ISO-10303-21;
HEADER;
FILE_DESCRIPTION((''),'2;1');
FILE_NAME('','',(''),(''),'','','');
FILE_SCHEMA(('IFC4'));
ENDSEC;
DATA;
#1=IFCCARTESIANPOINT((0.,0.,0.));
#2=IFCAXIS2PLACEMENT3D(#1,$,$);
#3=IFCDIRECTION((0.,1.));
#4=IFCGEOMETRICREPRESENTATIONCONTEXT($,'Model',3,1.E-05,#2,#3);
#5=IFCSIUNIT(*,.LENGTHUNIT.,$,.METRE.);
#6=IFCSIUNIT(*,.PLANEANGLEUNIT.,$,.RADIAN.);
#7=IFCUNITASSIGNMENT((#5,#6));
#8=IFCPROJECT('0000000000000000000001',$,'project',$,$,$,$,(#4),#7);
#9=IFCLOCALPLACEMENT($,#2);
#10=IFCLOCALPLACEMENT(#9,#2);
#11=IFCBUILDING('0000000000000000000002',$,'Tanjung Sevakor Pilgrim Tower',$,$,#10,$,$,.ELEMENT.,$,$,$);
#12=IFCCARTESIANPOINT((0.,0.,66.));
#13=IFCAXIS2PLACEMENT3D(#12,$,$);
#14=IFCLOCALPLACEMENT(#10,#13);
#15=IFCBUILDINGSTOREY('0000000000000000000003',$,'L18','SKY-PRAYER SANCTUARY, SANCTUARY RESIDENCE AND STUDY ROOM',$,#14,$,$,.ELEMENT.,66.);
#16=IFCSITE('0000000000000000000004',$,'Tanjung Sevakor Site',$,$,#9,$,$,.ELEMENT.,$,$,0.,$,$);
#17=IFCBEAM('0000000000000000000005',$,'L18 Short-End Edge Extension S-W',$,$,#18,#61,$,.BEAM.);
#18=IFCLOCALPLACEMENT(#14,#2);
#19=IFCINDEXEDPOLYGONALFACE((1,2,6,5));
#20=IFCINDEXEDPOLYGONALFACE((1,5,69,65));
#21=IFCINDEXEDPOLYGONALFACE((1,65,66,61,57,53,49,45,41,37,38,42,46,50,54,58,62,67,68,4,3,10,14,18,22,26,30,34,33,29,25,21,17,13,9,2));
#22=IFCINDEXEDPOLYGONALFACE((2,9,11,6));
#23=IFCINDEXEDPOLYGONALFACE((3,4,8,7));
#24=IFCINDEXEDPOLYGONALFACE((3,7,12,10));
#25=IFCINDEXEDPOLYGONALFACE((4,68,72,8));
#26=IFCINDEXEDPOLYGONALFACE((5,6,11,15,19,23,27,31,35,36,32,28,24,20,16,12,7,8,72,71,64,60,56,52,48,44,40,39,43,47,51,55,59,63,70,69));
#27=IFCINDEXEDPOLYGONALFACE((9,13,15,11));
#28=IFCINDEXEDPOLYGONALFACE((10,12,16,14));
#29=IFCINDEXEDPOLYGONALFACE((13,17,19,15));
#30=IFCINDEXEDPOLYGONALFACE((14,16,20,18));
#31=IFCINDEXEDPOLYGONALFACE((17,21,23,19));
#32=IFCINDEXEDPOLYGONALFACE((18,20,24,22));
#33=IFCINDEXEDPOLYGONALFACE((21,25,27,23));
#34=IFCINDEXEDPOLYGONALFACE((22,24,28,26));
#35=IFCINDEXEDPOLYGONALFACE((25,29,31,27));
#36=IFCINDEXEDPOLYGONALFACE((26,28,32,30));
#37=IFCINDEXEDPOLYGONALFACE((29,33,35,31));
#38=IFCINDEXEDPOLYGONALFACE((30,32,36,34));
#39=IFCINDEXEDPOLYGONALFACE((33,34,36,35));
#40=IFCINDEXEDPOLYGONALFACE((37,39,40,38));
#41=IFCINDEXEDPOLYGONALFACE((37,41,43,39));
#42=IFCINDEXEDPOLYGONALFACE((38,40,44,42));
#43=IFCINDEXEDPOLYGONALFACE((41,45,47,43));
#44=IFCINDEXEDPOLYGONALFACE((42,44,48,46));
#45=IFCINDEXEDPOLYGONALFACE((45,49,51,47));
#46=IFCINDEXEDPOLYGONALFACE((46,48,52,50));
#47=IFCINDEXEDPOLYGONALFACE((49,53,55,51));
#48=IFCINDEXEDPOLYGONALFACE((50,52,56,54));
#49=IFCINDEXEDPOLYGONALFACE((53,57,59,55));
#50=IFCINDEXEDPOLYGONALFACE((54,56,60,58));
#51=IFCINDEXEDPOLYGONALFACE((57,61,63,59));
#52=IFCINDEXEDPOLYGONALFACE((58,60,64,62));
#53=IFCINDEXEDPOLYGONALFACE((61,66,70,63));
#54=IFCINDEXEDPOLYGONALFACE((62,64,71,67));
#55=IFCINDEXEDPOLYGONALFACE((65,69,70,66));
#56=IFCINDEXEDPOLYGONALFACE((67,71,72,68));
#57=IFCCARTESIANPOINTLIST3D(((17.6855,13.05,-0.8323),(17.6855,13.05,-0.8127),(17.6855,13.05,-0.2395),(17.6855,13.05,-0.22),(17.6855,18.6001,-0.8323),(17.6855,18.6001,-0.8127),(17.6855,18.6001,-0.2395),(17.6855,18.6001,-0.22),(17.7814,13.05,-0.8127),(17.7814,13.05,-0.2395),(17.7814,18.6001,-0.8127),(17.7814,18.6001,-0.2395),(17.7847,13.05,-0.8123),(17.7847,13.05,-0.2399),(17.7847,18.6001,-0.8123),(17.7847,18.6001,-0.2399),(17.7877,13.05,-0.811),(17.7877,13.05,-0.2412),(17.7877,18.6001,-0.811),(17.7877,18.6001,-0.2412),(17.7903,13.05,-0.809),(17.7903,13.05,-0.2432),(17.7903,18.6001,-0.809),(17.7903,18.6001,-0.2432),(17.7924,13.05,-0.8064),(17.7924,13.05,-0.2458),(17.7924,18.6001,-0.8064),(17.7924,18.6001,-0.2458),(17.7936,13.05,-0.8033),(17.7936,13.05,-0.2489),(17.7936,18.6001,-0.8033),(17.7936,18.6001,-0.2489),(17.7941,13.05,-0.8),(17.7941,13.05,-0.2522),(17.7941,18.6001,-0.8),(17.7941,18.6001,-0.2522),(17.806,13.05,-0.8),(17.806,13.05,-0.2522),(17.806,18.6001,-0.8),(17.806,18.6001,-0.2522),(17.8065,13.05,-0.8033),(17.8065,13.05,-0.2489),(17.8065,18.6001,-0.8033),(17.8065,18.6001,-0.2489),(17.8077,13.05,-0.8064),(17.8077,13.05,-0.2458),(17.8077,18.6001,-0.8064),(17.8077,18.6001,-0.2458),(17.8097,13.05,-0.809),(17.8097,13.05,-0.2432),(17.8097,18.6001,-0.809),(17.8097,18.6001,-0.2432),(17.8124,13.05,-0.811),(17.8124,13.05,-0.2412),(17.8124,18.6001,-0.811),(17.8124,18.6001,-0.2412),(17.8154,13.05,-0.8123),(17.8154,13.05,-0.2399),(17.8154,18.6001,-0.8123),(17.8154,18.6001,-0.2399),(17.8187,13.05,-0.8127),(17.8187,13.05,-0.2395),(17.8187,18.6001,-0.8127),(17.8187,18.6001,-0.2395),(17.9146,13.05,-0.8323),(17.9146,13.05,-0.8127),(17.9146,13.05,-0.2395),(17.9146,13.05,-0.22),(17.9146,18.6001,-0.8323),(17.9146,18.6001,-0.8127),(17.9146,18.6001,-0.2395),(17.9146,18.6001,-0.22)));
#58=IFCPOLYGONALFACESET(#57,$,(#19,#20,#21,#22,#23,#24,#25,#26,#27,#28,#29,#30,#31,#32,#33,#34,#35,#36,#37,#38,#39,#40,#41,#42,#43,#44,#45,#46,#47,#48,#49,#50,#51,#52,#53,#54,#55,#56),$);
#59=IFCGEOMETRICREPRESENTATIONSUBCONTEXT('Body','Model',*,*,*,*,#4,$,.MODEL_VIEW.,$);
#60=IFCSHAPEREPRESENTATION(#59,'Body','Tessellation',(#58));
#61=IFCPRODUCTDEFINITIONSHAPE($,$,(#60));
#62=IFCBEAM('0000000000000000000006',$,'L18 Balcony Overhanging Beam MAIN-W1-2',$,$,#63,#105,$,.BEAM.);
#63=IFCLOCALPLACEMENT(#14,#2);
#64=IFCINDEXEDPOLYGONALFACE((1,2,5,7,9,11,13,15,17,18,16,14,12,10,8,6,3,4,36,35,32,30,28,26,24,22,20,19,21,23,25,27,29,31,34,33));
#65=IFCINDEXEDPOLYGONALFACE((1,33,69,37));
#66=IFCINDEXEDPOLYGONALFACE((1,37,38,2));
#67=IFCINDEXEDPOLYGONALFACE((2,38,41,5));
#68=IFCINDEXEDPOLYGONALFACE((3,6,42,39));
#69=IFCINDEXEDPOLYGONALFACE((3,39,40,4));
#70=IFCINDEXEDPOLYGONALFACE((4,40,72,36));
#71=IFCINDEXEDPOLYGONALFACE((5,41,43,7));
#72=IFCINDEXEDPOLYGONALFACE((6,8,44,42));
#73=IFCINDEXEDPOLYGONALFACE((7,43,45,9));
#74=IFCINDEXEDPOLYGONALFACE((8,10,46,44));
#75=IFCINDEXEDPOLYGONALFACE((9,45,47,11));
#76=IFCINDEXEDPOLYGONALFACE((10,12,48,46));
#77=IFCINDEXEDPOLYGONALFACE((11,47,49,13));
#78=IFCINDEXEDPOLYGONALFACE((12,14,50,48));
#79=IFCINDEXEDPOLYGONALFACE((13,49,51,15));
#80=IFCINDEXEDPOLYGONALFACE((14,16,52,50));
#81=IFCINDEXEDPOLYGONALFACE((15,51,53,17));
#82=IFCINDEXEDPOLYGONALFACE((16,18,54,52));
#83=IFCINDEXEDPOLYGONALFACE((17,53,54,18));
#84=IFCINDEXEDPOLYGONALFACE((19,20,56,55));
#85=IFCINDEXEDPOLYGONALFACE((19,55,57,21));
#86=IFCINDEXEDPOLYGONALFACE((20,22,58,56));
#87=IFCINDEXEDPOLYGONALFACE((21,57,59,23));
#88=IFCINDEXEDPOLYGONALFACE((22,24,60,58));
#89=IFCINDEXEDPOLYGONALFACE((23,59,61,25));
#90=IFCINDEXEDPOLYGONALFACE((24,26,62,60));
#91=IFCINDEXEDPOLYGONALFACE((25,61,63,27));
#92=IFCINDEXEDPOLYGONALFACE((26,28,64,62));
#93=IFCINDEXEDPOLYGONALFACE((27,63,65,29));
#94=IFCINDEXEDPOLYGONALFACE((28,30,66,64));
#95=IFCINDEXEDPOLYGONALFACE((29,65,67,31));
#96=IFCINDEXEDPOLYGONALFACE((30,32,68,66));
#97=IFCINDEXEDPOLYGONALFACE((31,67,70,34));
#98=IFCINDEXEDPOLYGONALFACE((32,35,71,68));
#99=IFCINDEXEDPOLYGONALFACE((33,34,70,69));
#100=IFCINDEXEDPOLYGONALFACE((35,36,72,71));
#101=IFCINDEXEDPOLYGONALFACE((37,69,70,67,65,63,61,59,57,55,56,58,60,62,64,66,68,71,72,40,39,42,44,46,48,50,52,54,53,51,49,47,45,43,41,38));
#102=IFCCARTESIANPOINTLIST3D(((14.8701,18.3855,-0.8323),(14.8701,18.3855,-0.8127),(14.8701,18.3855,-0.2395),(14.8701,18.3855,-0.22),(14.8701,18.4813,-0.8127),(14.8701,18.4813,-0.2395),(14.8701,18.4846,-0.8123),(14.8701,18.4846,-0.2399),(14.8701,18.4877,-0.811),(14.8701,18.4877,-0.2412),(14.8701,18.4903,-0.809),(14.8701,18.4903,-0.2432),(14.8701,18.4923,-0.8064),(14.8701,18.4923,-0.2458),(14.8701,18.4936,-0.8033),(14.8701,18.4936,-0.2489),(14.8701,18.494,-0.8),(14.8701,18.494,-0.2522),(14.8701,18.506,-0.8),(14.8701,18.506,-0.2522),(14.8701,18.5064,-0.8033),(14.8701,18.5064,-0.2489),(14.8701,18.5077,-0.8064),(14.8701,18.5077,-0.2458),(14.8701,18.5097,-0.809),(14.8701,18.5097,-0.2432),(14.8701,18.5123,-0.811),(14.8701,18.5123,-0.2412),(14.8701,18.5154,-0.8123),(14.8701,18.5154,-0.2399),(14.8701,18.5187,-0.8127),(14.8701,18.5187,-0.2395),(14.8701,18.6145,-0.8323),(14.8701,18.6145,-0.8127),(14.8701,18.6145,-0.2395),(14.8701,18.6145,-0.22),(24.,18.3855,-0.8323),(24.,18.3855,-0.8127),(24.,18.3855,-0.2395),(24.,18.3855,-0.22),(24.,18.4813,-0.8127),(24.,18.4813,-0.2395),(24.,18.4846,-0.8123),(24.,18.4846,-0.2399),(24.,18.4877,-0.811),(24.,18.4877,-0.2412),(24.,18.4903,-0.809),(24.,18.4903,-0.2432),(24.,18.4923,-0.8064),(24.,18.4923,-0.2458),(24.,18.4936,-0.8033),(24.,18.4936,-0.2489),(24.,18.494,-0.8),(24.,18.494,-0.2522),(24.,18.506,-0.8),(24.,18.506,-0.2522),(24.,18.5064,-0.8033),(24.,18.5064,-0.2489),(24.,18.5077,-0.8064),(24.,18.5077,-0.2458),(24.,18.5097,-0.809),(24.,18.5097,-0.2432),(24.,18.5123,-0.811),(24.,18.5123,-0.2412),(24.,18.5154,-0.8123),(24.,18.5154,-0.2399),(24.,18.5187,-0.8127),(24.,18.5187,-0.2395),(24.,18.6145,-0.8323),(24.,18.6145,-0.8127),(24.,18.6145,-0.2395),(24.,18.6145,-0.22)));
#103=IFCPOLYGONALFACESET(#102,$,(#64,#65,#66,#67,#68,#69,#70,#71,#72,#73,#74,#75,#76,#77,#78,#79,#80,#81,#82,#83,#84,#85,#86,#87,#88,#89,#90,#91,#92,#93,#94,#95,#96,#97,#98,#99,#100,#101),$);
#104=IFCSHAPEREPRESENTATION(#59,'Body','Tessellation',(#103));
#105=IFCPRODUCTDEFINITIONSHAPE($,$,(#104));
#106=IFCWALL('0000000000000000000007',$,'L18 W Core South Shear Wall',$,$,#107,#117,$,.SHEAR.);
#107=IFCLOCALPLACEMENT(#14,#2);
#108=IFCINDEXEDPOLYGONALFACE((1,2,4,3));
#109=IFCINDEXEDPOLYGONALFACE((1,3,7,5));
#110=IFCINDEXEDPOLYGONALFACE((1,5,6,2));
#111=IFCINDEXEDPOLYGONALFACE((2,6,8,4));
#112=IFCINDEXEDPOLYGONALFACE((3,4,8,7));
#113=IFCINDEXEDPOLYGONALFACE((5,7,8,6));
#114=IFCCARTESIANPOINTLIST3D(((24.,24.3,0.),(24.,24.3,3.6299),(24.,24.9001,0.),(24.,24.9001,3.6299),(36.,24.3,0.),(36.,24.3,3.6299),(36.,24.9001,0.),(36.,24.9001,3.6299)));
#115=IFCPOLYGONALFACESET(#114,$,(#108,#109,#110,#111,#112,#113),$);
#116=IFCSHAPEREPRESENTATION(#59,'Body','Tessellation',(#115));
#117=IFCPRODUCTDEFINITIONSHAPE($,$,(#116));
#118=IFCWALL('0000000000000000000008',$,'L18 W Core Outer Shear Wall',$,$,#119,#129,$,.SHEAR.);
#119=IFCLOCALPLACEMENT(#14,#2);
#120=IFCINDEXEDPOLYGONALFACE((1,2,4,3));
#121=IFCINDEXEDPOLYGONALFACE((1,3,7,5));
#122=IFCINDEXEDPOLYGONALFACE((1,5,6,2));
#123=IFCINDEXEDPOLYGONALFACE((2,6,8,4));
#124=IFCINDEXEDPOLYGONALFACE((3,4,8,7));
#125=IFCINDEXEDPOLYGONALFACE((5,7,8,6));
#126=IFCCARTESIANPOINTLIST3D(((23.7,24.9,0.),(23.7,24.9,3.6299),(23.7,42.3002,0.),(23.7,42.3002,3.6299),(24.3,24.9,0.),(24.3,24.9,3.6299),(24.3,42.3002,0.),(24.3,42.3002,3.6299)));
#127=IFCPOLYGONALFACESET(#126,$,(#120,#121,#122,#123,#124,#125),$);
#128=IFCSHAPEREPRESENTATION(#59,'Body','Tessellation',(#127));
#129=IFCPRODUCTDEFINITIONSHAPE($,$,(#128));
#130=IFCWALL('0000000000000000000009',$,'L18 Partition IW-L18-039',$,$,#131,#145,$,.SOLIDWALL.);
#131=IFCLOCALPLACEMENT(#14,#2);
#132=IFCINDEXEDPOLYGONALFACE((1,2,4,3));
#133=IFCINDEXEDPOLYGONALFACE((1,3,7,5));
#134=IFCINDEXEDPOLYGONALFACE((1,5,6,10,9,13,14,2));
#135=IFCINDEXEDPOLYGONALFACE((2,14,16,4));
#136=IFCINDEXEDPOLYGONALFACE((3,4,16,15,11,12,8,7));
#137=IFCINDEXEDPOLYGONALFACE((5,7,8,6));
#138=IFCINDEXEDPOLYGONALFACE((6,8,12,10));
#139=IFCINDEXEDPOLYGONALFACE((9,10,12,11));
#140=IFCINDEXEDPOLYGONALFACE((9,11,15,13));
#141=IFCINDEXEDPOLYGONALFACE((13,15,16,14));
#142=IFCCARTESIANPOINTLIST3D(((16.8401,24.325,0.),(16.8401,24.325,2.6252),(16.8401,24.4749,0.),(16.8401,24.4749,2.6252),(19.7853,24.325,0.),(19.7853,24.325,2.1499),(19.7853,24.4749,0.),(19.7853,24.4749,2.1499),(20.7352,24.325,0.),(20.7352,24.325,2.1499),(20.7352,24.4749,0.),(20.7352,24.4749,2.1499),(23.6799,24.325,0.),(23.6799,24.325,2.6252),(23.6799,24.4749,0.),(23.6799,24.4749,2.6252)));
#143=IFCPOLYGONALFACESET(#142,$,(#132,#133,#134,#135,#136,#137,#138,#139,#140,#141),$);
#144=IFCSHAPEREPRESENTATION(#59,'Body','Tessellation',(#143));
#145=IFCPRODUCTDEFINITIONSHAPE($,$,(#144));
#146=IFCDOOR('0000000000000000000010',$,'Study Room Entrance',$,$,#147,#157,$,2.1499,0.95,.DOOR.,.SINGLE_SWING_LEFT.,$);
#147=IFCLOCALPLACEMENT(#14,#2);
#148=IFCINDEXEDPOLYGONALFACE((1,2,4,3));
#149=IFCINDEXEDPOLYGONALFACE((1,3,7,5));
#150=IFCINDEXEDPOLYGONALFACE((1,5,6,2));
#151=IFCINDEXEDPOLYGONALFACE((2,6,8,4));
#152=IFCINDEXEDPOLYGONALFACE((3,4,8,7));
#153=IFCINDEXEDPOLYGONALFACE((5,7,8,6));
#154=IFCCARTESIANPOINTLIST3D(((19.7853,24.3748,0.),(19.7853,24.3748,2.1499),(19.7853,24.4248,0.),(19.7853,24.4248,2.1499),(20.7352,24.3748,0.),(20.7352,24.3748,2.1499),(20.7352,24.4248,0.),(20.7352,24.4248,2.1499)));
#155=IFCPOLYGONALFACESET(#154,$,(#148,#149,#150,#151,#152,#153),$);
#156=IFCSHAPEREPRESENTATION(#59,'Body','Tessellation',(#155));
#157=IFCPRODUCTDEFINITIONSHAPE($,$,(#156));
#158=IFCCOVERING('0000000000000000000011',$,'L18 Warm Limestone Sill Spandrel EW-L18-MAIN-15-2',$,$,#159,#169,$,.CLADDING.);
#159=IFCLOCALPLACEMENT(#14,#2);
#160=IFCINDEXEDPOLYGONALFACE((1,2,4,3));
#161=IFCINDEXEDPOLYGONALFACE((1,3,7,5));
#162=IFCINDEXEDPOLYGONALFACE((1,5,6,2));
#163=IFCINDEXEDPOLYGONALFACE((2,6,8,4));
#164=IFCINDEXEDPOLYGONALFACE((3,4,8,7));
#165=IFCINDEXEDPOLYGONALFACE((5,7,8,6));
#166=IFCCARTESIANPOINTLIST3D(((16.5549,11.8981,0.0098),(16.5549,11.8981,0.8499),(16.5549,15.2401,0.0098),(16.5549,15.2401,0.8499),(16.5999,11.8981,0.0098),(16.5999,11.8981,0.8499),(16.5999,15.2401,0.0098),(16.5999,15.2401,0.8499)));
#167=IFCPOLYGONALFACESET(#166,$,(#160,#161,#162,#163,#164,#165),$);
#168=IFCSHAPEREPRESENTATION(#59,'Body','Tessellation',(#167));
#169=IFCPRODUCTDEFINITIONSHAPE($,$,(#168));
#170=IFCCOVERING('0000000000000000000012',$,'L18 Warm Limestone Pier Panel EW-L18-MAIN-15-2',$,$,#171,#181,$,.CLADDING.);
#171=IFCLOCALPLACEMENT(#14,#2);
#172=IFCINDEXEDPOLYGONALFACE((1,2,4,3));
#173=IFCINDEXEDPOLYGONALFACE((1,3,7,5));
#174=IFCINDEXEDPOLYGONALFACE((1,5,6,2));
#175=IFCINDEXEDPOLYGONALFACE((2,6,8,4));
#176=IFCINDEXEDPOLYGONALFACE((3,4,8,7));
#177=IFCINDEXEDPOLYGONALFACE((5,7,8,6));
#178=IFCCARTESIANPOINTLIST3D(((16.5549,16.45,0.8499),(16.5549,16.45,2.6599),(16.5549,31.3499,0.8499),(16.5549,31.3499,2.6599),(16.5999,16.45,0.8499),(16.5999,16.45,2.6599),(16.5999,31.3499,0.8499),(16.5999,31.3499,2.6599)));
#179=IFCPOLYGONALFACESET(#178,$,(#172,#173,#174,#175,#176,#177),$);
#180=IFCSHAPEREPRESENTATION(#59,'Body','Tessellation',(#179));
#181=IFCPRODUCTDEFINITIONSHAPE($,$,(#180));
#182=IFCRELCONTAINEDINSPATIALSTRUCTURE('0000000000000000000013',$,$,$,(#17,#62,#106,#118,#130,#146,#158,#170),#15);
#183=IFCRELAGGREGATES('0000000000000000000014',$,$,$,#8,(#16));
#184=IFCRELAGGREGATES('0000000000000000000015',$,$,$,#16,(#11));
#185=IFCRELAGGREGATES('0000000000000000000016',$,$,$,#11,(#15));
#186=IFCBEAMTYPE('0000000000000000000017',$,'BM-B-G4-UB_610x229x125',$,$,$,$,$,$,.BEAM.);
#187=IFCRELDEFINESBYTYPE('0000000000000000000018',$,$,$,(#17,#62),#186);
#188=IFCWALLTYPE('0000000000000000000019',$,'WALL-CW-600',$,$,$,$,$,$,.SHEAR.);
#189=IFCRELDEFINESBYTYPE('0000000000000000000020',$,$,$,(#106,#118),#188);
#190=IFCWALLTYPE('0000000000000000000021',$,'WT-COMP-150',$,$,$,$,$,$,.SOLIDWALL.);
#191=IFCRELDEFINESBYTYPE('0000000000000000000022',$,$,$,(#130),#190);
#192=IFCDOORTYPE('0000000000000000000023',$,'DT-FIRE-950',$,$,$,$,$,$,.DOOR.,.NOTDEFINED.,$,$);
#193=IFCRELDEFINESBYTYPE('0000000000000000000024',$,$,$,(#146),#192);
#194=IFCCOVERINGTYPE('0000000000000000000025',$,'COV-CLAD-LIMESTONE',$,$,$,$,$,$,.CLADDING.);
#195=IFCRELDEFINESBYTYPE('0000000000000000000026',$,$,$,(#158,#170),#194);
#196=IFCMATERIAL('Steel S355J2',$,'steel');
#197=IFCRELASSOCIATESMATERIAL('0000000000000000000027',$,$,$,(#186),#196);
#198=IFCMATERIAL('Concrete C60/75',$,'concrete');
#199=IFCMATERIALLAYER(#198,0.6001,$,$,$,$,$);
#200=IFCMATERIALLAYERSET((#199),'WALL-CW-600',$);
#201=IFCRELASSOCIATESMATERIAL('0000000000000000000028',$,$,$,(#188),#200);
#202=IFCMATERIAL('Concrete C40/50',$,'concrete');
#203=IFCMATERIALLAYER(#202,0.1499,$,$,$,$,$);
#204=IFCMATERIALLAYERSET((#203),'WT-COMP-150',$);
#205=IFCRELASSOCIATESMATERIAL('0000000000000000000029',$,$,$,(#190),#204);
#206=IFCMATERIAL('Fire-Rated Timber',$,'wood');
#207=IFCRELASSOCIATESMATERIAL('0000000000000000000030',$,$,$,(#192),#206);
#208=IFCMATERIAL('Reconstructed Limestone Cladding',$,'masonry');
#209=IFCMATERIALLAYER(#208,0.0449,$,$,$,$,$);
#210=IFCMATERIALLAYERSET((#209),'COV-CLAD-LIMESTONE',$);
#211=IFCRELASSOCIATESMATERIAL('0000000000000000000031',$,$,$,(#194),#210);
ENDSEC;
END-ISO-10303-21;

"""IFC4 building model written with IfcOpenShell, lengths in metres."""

from ifc_helpers import new_model, si_unit, direction, frame, frame_2d, origin, origin_2d, place, context, subcontext, project, spatial, rectangle, i_section, extrude, material, layer, layer_set, material_profile, profile_set, type_object, element, fill, save


model = new_model("IFC4")

# Units and contexts
model_context = context("Model", 3, precision=1e-05, world=origin(), true_north=direction((0.0, 1.0)))
body_context = subcontext(model_context, "Body", "Model", "MODEL_VIEW")
ifc_project = project(units=[si_unit("LENGTHUNIT", "METRE"), si_unit("PLANEANGLEUNIT", "RADIAN")], contexts=[model_context])

# Site, building, storey
site_placement = place(None, origin())
site = spatial("IfcSite", under=ifc_project, at=site_placement, Name="Tanjung Sevakor Site", CompositionType="ELEMENT", RefElevation=0.0)
building_placement = place(site_placement, origin())
building = spatial("IfcBuilding", under=site, at=building_placement, Name="Tanjung Sevakor Pilgrim Tower", CompositionType="ELEMENT")
storey_placement = place(building_placement, frame((0.0, 0.0, 66.0)))
storey = spatial("IfcBuildingStorey", under=building, at=storey_placement, Name="L18", Description="SKY-PRAYER SANCTUARY, SANCTUARY RESIDENCE AND STUDY ROOM", CompositionType="ELEMENT", Elevation=66.0)

# Beams
ifc_material_1 = material(Name="Steel S355J2", Category="steel")
ifc_material_profile_1 = material_profile(ifc_material_1, i_section(OverallWidth=0.229, OverallDepth=0.6123, WebThickness=0.012, FlangeThickness=0.0195, FilletRadius=0.0127, at=origin_2d()))
ifc_profile_set_1 = profile_set([ifc_material_profile_1], Name="Steel S355J2")
beam_type_1 = type_object("IfcBeamType", Name="BM-B-G4-UB_610x229x125", PredefinedType="BEAM", material=ifc_profile_set_1)
beam_1_placement = place(storey_placement, frame((17.8, 18.6001, -0.5261), z_axis=(0.0, -1.0, 0.0), x_axis=(1.0, 0.0, 0.0)))
element("IfcBeam", 1, at=beam_1_placement, inside=storey, type_object=beam_type_1, Name="L18 Short-End Edge Extension S-W", PredefinedType="BEAM", context=body_context, shape_type="SweptSolid", body=[
    extrude(i_section(OverallWidth=0.229, OverallDepth=0.6123, WebThickness=0.012, FlangeThickness=0.0195, FilletRadius=0.0127, at=origin_2d()), origin(), (0.0, 0.0, 1.0), 5.55),
])
beam_2_placement = place(storey_placement, frame((24.0, 18.5, -0.5261), z_axis=(-1.0, 0.0, 0.0), x_axis=(0.0, -1.0, 0.0)))
element("IfcBeam", 2, at=beam_2_placement, inside=storey, type_object=beam_type_1, Name="L18 Balcony Overhanging Beam MAIN-W1-2", PredefinedType="BEAM", context=body_context, shape_type="SweptSolid", body=[
    extrude(i_section(OverallWidth=0.229, OverallDepth=0.6123, WebThickness=0.012, FlangeThickness=0.0195, FilletRadius=0.0127, at=origin_2d()), origin(), (0.0, 0.0, 1.0), 9.1299),
])

# Walls
ifc_material_2 = material(Name="Concrete C60/75", Category="concrete")
ifc_layer_1 = layer(ifc_material_2, 0.6001)
ifc_layer_set_1 = layer_set([ifc_layer_1], Name="WALL-CW-600")
wall_type_1 = type_object("IfcWallType", Name="WALL-CW-600", PredefinedType="SHEAR", material=ifc_layer_set_1)
wall_1_placement = place(storey_placement, frame((24.0, 24.6001, 0.0), z_axis=(0.0, 0.0, 1.0), x_axis=(1.0, 0.0, 0.0)))
element("IfcWall", 3, at=wall_1_placement, inside=storey, type_object=wall_type_1, Name="L18 W Core South Shear Wall", PredefinedType="SHEAR", context=body_context, shape_type="SweptSolid", body=[
    extrude(rectangle(XDim=12.0, YDim=0.6001, at=frame_2d((6.0, 0.0))), origin(), (0.0, 0.0, 1.0), 3.6299),
])
wall_2_placement = place(storey_placement, frame((24.0, 24.8999, 0.0), z_axis=(0.0, 0.0, 1.0), x_axis=(0.0, 1.0, 0.0)))
element("IfcWall", 4, at=wall_2_placement, inside=storey, type_object=wall_type_1, Name="L18 W Core Outer Shear Wall", PredefinedType="SHEAR", context=body_context, shape_type="SweptSolid", body=[
    extrude(rectangle(XDim=17.4001, YDim=0.6001, at=frame_2d((8.7002, 0.0))), origin(), (0.0, 0.0, 1.0), 3.6299),
])

# Wall, opening, door
ifc_material_3 = material(Name="Concrete C40/50", Category="concrete")
ifc_layer_2 = layer(ifc_material_3, 0.1499)
ifc_layer_set_2 = layer_set([ifc_layer_2], Name="WT-COMP-150")
wall_type_2 = type_object("IfcWallType", Name="WT-COMP-150", PredefinedType="SOLIDWALL", material=ifc_layer_set_2)
wall_3_placement = place(storey_placement, frame((16.8401, 24.3999, 0.0), z_axis=(0.0, 0.0, 1.0), x_axis=(1.0, 0.0, 0.0)))
wall_3 = element("IfcWall", 5, at=wall_3_placement, inside=storey, type_object=wall_type_2, Name="L18 Partition IW-L18-039", PredefinedType="SOLIDWALL", context=body_context, shape_type="SweptSolid", body=[
    extrude(rectangle(XDim=6.8398, YDim=0.1499, at=frame_2d((3.4199, 0.0))), origin(), (0.0, 0.0, 1.0), 2.6252),
])
opening_1_placement = place(wall_3_placement, frame((2.9451, 0.0, 0.0)))
opening_1 = element("IfcOpeningElement", 6, at=opening_1_placement, cuts=wall_3, PredefinedType="OPENING", context=body_context, shape_type="SweptSolid", body=[
    extrude(rectangle(XDim=0.95, YDim=2.1499, at=frame_2d((0.4751, 1.075))), frame((0.0, 0.085, 0.0), z_axis=(0.0, -1.0, 0.0), x_axis=(1.0, 0.0, 0.0)), (0.0, 0.0, 1.0), 0.1699),
])
ifc_material_4 = material(Name="Fire-Rated Timber", Category="wood")
door_type_1 = type_object("IfcDoorType", Name="DT-FIRE-950", OperationType="NOTDEFINED", PredefinedType="DOOR", material=ifc_material_4)
door_1_placement = place(opening_1_placement, origin())
door_1 = element("IfcDoor", 7, at=door_1_placement, inside=storey, type_object=door_type_1, Name="Study Room Entrance", OperationType="SINGLE_SWING_LEFT", OverallHeight=2.1499, OverallWidth=0.95, PredefinedType="DOOR", context=body_context, shape_type="SweptSolid", body=[
    extrude(rectangle(XDim=0.95, YDim=2.1499, at=frame_2d((0.4751, 1.075))), frame((0.0, 0.0249, 0.0), z_axis=(0.0, -1.0, 0.0), x_axis=(1.0, 0.0, 0.0)), (0.0, 0.0, 1.0), 0.05),
])
fill(opening_1, door_1)

# Coverings
ifc_material_5 = material(Name="Reconstructed Limestone Cladding", Category="masonry")
ifc_layer_3 = layer(ifc_material_5, 0.0449)
ifc_layer_set_3 = layer_set([ifc_layer_3], Name="COV-CLAD-LIMESTONE")
covering_type = type_object("IfcCoveringType", Name="COV-CLAD-LIMESTONE", PredefinedType="CLADDING", material=ifc_layer_set_3)
covering_1_placement = place(storey_placement, frame((16.5774, 13.5691, 0.0098), z_axis=(0.0, 0.0, 1.0), x_axis=(0.0, -1.0, 0.0)))
element("IfcCovering", 8, at=covering_1_placement, inside=storey, type_object=covering_type, Name="L18 Warm Limestone Sill Spandrel EW-L18-MAIN-15-2", PredefinedType="CLADDING", context=body_context, shape_type="SweptSolid", body=[
    extrude(rectangle(XDim=3.342, YDim=0.0449, at=origin_2d()), origin(), (0.0, 0.0, 1.0), 0.8401),
])
covering_2_placement = place(storey_placement, frame((16.5774, 23.8999, 0.8499), z_axis=(0.0, 0.0, 1.0), x_axis=(0.0, -1.0, 0.0)))
element("IfcCovering", 9, at=covering_2_placement, inside=storey, type_object=covering_type, Name="L18 Warm Limestone Pier Panel EW-L18-MAIN-15-2", PredefinedType="CLADDING", context=body_context, shape_type="SweptSolid", body=[
    extrude(rectangle(XDim=14.8999, YDim=0.0449, at=origin_2d()), origin(), (0.0, 0.0, 1.0), 1.8101),
])

save(model, "model.ifc")
